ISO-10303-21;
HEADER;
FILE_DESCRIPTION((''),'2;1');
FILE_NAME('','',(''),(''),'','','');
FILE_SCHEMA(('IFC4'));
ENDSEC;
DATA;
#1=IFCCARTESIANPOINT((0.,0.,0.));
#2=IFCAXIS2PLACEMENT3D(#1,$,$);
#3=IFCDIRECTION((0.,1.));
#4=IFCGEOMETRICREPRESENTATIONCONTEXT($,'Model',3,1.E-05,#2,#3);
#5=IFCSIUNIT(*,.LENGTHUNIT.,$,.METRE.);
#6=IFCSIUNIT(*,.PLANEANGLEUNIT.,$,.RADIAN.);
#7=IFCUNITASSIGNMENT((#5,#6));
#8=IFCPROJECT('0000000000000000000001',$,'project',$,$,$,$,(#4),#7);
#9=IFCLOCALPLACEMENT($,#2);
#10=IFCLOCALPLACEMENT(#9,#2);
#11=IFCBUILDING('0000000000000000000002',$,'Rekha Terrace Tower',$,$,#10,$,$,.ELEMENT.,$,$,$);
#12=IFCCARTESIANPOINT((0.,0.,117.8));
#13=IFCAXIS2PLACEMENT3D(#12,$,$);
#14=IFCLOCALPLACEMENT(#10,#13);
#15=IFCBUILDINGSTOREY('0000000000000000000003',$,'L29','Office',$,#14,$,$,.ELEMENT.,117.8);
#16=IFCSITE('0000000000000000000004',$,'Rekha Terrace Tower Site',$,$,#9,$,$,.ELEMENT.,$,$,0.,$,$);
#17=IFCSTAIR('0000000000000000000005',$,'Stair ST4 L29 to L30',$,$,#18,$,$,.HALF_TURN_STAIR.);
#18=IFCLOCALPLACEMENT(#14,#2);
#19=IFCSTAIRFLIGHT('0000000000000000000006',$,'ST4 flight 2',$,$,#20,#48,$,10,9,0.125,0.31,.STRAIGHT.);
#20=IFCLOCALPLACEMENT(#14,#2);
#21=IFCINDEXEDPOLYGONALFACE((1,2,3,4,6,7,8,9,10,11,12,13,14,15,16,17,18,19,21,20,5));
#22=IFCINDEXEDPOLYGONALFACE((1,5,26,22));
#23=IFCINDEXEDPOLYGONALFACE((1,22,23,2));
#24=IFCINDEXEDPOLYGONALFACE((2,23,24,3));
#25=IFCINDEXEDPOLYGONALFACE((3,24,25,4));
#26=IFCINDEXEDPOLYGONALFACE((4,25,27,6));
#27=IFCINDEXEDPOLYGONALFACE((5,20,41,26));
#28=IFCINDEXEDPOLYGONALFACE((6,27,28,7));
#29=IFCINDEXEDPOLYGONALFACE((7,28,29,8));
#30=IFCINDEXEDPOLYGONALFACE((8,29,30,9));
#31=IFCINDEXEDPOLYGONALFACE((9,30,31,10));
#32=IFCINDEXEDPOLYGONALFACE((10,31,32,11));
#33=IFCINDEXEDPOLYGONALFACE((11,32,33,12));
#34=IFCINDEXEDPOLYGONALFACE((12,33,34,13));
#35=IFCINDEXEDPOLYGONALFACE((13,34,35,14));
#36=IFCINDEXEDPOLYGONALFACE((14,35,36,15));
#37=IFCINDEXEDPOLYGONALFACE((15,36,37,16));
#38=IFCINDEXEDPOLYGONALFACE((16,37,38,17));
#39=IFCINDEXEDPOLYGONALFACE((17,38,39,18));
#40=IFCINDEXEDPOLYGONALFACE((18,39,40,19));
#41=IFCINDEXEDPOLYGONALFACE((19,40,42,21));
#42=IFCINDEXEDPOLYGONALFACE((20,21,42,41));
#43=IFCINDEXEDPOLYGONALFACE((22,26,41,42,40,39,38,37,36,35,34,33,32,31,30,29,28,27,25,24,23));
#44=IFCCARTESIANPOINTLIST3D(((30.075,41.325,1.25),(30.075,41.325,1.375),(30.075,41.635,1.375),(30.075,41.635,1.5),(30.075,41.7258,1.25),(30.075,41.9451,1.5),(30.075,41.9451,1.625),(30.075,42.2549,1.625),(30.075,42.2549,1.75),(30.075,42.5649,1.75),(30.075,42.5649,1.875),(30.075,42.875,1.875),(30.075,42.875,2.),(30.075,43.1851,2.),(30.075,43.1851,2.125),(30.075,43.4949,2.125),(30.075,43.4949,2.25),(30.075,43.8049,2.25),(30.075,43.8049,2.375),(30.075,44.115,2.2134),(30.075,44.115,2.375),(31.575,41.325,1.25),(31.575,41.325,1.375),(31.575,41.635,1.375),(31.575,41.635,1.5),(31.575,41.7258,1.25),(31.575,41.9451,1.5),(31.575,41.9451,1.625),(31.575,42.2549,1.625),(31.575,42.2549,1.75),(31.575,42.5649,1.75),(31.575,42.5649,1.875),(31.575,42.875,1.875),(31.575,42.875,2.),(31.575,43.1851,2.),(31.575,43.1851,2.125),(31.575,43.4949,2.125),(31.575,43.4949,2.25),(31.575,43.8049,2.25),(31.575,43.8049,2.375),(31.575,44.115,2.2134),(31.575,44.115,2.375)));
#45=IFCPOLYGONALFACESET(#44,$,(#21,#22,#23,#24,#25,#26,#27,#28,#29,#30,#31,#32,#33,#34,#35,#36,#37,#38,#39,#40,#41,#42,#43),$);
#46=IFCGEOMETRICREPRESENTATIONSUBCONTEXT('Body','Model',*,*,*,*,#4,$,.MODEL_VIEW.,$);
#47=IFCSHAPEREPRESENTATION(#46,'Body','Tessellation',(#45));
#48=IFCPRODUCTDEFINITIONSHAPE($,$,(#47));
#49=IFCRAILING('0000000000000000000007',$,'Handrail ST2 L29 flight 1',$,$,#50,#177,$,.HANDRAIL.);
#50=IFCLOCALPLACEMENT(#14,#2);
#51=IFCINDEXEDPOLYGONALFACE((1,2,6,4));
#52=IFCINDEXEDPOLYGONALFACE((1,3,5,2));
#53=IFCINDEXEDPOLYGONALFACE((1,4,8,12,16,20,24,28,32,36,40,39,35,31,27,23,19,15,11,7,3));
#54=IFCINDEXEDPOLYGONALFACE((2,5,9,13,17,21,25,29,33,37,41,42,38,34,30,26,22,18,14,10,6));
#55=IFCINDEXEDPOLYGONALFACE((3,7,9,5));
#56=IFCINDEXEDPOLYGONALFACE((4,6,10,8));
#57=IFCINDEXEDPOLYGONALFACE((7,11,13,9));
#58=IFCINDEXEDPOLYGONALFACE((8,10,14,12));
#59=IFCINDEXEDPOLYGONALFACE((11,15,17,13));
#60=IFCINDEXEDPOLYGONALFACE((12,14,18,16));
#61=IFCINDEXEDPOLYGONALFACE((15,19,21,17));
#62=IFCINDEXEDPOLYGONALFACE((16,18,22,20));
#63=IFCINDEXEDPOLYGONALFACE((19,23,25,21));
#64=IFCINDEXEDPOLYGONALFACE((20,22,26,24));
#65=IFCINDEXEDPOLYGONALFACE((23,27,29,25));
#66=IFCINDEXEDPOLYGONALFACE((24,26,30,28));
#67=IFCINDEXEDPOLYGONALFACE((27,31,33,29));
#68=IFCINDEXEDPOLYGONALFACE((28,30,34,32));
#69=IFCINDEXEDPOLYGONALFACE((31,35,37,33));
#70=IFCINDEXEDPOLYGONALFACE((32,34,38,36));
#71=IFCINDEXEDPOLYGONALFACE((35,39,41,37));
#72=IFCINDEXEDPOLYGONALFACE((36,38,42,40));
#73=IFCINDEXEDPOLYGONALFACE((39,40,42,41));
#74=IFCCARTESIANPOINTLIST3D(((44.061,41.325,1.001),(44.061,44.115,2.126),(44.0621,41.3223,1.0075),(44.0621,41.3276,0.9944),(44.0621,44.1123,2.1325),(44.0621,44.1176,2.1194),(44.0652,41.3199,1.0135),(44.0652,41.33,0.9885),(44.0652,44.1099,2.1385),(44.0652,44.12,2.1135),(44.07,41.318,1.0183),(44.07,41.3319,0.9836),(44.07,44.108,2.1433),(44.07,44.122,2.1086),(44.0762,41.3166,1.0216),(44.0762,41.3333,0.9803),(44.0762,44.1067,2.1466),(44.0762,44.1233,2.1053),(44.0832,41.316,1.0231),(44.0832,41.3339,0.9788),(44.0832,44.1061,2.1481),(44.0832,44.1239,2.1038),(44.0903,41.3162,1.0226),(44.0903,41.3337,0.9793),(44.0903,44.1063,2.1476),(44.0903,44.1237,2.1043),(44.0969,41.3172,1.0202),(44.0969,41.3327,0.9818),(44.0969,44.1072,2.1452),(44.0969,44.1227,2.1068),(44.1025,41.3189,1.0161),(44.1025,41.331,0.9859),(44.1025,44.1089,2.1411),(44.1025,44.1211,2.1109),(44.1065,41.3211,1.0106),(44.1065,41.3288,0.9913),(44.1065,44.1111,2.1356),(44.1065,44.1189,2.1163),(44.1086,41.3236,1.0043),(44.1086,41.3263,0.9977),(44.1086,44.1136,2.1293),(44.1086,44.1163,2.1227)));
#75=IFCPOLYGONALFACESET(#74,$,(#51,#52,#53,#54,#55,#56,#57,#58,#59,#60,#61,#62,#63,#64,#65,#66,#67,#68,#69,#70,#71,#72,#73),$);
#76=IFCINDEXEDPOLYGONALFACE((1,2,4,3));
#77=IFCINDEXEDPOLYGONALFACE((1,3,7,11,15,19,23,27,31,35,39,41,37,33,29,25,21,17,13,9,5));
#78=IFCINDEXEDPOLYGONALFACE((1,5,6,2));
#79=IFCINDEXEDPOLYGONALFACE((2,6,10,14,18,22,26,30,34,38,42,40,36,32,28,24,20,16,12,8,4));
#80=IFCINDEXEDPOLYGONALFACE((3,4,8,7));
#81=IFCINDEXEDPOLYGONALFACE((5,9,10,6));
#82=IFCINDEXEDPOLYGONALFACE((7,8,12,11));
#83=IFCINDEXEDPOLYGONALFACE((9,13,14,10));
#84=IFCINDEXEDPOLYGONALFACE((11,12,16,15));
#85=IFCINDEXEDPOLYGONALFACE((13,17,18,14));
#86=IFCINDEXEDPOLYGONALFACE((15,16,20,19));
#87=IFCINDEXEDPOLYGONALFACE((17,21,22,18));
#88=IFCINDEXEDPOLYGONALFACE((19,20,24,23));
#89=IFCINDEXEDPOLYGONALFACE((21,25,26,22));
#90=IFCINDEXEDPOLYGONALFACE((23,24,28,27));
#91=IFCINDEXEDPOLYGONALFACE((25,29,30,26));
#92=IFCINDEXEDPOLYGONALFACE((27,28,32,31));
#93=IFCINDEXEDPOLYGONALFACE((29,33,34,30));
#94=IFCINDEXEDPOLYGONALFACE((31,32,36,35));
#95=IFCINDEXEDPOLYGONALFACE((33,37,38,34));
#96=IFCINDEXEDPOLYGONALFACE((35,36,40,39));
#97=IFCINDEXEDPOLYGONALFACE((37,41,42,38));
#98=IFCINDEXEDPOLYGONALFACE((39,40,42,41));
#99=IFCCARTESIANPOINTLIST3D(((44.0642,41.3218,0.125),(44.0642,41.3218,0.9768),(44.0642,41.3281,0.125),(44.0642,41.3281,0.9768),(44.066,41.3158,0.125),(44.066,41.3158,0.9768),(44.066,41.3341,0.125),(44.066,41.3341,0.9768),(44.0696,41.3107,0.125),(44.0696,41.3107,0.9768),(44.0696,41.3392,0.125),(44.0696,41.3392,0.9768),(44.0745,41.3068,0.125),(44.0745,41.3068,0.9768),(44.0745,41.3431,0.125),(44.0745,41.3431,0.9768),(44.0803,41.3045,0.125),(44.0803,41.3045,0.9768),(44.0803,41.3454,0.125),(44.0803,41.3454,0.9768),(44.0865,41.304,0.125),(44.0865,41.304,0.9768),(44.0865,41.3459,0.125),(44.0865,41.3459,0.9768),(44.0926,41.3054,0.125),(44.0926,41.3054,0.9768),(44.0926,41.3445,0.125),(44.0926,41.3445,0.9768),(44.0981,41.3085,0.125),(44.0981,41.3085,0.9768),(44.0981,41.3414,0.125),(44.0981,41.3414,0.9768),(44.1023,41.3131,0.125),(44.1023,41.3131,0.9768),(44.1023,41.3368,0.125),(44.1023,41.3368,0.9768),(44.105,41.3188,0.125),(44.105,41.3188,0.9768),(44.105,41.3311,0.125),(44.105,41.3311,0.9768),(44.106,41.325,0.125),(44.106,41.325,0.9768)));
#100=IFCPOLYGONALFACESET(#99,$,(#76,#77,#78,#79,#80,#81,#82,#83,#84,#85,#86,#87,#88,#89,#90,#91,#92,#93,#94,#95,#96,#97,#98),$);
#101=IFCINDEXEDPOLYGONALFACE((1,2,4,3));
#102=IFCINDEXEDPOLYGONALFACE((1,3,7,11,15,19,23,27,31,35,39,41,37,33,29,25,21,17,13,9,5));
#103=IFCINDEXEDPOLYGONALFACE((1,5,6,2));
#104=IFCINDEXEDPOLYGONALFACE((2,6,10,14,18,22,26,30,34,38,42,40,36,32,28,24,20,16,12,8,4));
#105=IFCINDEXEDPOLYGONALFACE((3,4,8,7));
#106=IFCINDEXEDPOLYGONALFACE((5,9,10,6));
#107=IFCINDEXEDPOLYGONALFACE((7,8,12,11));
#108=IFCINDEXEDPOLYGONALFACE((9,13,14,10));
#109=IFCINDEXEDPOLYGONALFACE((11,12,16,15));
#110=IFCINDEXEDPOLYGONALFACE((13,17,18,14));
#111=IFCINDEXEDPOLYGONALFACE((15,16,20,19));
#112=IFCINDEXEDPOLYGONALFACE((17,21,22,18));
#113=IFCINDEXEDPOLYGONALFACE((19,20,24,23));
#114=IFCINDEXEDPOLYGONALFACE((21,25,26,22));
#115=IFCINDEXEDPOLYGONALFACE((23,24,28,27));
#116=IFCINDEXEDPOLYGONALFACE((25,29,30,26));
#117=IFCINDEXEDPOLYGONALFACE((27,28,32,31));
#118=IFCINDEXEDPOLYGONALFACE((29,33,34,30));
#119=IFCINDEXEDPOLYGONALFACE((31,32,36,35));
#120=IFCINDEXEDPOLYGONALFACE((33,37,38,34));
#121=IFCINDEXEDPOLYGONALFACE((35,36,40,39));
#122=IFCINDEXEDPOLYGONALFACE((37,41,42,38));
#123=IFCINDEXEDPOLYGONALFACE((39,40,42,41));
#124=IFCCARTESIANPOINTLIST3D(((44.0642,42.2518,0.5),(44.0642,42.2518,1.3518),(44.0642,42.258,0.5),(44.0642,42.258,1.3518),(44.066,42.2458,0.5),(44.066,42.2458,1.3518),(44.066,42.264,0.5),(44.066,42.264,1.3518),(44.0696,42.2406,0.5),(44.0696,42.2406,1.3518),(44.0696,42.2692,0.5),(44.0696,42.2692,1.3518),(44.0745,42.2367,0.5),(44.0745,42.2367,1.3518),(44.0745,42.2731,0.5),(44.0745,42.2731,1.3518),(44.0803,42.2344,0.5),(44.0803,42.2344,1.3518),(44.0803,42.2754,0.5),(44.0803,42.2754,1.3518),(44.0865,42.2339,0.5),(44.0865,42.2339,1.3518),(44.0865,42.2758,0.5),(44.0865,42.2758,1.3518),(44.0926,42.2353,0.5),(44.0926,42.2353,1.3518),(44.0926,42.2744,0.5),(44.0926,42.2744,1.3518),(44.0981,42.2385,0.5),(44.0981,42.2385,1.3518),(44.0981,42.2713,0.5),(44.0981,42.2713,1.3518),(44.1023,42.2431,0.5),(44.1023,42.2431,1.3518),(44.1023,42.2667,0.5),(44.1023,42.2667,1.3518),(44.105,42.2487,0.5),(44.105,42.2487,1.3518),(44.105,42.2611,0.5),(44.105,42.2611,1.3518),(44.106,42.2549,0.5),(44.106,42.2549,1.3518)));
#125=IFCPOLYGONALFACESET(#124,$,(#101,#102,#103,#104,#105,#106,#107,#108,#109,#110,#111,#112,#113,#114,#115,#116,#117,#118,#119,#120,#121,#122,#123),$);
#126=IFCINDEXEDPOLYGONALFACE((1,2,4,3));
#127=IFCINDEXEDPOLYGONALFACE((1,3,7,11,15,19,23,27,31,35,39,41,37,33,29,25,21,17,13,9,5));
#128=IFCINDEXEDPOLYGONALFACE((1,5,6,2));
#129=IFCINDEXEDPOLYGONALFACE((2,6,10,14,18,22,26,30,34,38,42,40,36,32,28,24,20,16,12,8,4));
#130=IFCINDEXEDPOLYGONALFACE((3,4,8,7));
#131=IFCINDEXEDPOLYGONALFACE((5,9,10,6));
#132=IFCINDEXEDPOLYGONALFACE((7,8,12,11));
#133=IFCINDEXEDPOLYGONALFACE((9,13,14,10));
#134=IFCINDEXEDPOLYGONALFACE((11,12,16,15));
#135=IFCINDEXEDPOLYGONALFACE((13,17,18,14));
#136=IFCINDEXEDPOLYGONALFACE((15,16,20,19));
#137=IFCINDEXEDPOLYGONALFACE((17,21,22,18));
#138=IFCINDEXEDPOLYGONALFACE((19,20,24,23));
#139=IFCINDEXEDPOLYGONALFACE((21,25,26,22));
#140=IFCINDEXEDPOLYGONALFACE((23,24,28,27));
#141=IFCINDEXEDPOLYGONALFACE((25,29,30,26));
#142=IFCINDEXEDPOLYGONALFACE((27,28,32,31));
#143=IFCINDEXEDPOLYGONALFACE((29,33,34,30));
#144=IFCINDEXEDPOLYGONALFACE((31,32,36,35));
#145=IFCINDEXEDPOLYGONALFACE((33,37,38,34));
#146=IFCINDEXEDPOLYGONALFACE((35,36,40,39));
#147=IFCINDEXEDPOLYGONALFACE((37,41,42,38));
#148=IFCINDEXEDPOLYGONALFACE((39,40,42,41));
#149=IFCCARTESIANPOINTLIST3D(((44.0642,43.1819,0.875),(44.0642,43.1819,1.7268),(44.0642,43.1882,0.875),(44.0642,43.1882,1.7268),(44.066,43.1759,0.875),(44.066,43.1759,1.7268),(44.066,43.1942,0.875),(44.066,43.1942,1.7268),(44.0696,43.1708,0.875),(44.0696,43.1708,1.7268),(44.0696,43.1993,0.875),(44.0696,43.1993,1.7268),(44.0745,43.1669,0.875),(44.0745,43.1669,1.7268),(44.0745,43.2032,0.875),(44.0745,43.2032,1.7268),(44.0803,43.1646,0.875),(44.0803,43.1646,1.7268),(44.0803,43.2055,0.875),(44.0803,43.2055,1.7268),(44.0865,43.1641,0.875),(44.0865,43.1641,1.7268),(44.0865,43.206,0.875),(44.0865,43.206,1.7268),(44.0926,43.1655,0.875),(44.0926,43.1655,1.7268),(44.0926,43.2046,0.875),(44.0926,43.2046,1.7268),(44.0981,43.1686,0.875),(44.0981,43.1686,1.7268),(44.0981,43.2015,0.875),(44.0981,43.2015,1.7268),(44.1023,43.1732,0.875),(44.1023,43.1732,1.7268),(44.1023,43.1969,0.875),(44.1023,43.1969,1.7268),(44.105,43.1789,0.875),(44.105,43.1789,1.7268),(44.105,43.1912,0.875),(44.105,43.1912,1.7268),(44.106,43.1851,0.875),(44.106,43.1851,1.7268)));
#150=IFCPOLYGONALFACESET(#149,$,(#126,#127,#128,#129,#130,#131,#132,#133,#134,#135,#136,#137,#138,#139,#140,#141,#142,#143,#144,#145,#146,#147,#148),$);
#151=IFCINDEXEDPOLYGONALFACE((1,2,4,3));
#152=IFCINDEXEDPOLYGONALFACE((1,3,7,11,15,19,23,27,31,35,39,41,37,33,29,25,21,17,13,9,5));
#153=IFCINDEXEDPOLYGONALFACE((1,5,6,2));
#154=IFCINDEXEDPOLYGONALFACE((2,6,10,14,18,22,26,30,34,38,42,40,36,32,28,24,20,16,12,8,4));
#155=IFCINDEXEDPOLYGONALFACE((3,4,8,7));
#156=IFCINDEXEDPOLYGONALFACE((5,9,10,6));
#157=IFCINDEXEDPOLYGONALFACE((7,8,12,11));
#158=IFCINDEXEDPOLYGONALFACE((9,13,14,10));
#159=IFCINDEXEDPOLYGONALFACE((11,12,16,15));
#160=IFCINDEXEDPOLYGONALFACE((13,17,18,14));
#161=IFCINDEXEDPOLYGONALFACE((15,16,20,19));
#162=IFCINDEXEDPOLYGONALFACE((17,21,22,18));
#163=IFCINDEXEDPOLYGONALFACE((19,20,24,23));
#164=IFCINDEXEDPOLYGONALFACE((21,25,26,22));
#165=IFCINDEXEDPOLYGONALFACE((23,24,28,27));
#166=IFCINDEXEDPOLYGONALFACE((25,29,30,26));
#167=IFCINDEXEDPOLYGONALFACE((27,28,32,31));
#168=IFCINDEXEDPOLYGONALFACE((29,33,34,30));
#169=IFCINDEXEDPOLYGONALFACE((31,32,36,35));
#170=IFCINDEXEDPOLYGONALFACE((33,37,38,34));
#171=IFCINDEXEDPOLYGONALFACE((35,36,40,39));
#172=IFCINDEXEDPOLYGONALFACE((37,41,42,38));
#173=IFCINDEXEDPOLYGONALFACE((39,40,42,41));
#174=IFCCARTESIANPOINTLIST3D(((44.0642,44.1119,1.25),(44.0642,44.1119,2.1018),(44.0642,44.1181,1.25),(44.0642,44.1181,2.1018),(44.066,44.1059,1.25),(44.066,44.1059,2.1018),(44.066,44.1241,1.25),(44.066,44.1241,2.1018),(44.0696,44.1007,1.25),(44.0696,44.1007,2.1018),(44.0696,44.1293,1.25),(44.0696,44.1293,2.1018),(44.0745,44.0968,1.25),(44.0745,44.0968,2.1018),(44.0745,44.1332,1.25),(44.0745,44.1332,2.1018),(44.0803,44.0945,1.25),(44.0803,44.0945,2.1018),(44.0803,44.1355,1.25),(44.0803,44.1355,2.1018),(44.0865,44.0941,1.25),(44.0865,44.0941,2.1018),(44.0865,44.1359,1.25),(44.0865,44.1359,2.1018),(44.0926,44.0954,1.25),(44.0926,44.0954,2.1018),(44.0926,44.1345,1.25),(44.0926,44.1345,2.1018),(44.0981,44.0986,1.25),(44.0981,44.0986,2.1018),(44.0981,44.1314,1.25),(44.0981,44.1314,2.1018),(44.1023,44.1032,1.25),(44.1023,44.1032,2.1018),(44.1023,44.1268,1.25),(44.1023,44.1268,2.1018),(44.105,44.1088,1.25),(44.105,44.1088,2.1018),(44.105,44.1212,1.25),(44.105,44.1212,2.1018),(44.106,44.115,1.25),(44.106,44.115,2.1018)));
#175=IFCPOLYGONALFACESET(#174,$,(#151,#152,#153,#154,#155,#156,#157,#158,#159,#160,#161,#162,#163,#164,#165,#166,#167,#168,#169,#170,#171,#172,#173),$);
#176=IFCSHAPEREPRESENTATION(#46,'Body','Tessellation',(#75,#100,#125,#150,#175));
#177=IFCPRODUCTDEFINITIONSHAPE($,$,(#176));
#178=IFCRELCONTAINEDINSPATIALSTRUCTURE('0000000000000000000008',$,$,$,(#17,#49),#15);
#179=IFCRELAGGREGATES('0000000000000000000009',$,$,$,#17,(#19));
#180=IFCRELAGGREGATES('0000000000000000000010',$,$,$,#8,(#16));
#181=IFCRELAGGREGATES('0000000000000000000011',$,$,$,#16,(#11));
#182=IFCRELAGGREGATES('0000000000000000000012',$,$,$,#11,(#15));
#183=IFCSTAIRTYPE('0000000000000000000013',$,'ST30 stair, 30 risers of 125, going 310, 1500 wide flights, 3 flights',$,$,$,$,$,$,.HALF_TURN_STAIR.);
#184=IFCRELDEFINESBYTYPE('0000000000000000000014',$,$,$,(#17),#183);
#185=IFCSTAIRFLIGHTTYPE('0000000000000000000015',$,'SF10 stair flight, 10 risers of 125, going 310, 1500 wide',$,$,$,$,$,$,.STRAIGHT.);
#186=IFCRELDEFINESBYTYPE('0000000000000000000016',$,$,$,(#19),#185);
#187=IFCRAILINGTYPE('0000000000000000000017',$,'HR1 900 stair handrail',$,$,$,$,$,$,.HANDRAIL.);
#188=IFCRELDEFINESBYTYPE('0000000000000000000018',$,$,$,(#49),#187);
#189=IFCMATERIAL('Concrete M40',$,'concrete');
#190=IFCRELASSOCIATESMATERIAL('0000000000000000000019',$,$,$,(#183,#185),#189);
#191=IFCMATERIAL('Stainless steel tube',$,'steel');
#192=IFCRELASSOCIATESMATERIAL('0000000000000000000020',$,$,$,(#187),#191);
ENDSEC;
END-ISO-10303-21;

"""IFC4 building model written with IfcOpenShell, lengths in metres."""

from ifc_helpers import new_model, si_unit, direction, frame, origin, origin_2d, place, context, subcontext, project, spatial, polyline, circle, outline, extrude, material, type_object, element, aggregate, save


model = new_model("IFC4")

# Units and contexts
model_context = context("Model", 3, precision=1e-05, world=origin(), true_north=direction((0.0, 1.0)))
body_context = subcontext(model_context, "Body", "Model", "MODEL_VIEW")
ifc_project = project(units=[si_unit("LENGTHUNIT", "METRE"), si_unit("PLANEANGLEUNIT", "RADIAN")], contexts=[model_context])

# Site, building, storey
site_placement = place(None, origin())
site = spatial("IfcSite", under=ifc_project, at=site_placement, Name="Rekha Terrace Tower Site", CompositionType="ELEMENT", RefElevation=0.0)
building_placement = place(site_placement, origin())
building = spatial("IfcBuilding", under=site, at=building_placement, Name="Rekha Terrace Tower", CompositionType="ELEMENT")
storey_placement = place(building_placement, frame((0.0, 0.0, 117.8)))
storey = spatial("IfcBuildingStorey", under=building, at=storey_placement, Name="L29", Description="Office", CompositionType="ELEMENT", Elevation=117.8)

# Stair, stair flight
ifc_material_1 = material(Name="Concrete M40", Category="concrete")
stair_type = type_object("IfcStairType", Name="ST30 stair, 30 risers of 125, going 310, 1500 wide flights, 3 flights", PredefinedType="HALF_TURN_STAIR", material=ifc_material_1)
stair_flight_type = type_object("IfcStairFlightType", Name="SF10 stair flight, 10 risers of 125, going 310, 1500 wide", PredefinedType="STRAIGHT", material=ifc_material_1)
stair_1_placement = place(storey_placement, origin())
stair_1 = element("IfcStair", 1, at=stair_1_placement, inside=storey, type_object=stair_type, Name="Stair ST4 L29 to L30", PredefinedType="HALF_TURN_STAIR")
stair_flight_1_placement = place(storey_placement, frame((30.825, 41.325, 1.25), z_axis=(0.0, 0.0, 1.0), x_axis=(0.0, 1.0, 0.0)))
stair_flight_1 = element("IfcStairFlight", 2, at=stair_flight_1_placement, type_object=stair_flight_type, Name="ST4 flight 2", NumberOfRisers=10, NumberOfTreads=9, PredefinedType="STRAIGHT", RiserHeight=0.125, TreadLength=0.31, context=body_context, shape_type="SweptSolid", body=[
    extrude(outline(polyline([(0.0, 0.0), (0.0, 0.125), (0.3101, 0.125), (0.3101, 0.25), (0.6201, 0.25), (0.6201, 0.375), (0.9299, 0.375), (0.9299, 0.5), (1.24, 0.5), (1.24, 0.625), (1.55, 0.625), (1.55, 0.75), (1.8601, 0.75), (1.8601, 0.875), (2.1699, 0.875), (2.1699, 1.0), (2.48, 1.0), (2.48, 1.125), (2.79, 1.125), (2.79, 1.25), (2.79, 0.9634), (0.4009, 0.0), (0.0, 0.0)])), frame((0.0, 0.75, 0.0), z_axis=(0.0, -1.0, 0.0), x_axis=(1.0, 0.0, 0.0)), (0.0, 0.0, 1.0), 1.5),
])
aggregate(stair_1, [stair_flight_1])

# Railing
ifc_material_2 = material(Name="Stainless steel tube", Category="steel")
railing_type = type_object("IfcRailingType", Name="HR1 900 stair handrail", PredefinedType="HANDRAIL", material=ifc_material_2)
for number, where, name in (
    (3, (44.085, 41.325, 0.125), "Handrail ST2 L29 flight 1"),
):
    element("IfcRailing", number, at=place(storey_placement, frame(where)), inside=storey, type_object=railing_type, Name=name, PredefinedType="HANDRAIL", context=body_context, shape_type="SweptSolid", body=[
        extrude(circle(Radius=0.0239, at=origin_2d()), frame((0.0, 0.0, 0.876), z_axis=(0.0, 0.927443, 0.373964), x_axis=(-1.0, 0.0, 0.0)), (0.0, 0.0, 1.0), 3.0083),
        extrude(circle(Radius=0.021, at=origin_2d()), origin(), (0.0, 0.0, 1.0), 0.8518),
        extrude(circle(Radius=0.021, at=origin_2d()), frame((0.0, 0.9299, 0.375)), (0.0, 0.0, 1.0), 0.8518),
        extrude(circle(Radius=0.021, at=origin_2d()), frame((0.0, 1.8601, 0.75)), (0.0, 0.0, 1.0), 0.8518),
        extrude(circle(Radius=0.021, at=origin_2d()), frame((0.0, 2.79, 1.125)), (0.0, 0.0, 1.0), 0.8518),
    ])

save(model, "model.ifc")
